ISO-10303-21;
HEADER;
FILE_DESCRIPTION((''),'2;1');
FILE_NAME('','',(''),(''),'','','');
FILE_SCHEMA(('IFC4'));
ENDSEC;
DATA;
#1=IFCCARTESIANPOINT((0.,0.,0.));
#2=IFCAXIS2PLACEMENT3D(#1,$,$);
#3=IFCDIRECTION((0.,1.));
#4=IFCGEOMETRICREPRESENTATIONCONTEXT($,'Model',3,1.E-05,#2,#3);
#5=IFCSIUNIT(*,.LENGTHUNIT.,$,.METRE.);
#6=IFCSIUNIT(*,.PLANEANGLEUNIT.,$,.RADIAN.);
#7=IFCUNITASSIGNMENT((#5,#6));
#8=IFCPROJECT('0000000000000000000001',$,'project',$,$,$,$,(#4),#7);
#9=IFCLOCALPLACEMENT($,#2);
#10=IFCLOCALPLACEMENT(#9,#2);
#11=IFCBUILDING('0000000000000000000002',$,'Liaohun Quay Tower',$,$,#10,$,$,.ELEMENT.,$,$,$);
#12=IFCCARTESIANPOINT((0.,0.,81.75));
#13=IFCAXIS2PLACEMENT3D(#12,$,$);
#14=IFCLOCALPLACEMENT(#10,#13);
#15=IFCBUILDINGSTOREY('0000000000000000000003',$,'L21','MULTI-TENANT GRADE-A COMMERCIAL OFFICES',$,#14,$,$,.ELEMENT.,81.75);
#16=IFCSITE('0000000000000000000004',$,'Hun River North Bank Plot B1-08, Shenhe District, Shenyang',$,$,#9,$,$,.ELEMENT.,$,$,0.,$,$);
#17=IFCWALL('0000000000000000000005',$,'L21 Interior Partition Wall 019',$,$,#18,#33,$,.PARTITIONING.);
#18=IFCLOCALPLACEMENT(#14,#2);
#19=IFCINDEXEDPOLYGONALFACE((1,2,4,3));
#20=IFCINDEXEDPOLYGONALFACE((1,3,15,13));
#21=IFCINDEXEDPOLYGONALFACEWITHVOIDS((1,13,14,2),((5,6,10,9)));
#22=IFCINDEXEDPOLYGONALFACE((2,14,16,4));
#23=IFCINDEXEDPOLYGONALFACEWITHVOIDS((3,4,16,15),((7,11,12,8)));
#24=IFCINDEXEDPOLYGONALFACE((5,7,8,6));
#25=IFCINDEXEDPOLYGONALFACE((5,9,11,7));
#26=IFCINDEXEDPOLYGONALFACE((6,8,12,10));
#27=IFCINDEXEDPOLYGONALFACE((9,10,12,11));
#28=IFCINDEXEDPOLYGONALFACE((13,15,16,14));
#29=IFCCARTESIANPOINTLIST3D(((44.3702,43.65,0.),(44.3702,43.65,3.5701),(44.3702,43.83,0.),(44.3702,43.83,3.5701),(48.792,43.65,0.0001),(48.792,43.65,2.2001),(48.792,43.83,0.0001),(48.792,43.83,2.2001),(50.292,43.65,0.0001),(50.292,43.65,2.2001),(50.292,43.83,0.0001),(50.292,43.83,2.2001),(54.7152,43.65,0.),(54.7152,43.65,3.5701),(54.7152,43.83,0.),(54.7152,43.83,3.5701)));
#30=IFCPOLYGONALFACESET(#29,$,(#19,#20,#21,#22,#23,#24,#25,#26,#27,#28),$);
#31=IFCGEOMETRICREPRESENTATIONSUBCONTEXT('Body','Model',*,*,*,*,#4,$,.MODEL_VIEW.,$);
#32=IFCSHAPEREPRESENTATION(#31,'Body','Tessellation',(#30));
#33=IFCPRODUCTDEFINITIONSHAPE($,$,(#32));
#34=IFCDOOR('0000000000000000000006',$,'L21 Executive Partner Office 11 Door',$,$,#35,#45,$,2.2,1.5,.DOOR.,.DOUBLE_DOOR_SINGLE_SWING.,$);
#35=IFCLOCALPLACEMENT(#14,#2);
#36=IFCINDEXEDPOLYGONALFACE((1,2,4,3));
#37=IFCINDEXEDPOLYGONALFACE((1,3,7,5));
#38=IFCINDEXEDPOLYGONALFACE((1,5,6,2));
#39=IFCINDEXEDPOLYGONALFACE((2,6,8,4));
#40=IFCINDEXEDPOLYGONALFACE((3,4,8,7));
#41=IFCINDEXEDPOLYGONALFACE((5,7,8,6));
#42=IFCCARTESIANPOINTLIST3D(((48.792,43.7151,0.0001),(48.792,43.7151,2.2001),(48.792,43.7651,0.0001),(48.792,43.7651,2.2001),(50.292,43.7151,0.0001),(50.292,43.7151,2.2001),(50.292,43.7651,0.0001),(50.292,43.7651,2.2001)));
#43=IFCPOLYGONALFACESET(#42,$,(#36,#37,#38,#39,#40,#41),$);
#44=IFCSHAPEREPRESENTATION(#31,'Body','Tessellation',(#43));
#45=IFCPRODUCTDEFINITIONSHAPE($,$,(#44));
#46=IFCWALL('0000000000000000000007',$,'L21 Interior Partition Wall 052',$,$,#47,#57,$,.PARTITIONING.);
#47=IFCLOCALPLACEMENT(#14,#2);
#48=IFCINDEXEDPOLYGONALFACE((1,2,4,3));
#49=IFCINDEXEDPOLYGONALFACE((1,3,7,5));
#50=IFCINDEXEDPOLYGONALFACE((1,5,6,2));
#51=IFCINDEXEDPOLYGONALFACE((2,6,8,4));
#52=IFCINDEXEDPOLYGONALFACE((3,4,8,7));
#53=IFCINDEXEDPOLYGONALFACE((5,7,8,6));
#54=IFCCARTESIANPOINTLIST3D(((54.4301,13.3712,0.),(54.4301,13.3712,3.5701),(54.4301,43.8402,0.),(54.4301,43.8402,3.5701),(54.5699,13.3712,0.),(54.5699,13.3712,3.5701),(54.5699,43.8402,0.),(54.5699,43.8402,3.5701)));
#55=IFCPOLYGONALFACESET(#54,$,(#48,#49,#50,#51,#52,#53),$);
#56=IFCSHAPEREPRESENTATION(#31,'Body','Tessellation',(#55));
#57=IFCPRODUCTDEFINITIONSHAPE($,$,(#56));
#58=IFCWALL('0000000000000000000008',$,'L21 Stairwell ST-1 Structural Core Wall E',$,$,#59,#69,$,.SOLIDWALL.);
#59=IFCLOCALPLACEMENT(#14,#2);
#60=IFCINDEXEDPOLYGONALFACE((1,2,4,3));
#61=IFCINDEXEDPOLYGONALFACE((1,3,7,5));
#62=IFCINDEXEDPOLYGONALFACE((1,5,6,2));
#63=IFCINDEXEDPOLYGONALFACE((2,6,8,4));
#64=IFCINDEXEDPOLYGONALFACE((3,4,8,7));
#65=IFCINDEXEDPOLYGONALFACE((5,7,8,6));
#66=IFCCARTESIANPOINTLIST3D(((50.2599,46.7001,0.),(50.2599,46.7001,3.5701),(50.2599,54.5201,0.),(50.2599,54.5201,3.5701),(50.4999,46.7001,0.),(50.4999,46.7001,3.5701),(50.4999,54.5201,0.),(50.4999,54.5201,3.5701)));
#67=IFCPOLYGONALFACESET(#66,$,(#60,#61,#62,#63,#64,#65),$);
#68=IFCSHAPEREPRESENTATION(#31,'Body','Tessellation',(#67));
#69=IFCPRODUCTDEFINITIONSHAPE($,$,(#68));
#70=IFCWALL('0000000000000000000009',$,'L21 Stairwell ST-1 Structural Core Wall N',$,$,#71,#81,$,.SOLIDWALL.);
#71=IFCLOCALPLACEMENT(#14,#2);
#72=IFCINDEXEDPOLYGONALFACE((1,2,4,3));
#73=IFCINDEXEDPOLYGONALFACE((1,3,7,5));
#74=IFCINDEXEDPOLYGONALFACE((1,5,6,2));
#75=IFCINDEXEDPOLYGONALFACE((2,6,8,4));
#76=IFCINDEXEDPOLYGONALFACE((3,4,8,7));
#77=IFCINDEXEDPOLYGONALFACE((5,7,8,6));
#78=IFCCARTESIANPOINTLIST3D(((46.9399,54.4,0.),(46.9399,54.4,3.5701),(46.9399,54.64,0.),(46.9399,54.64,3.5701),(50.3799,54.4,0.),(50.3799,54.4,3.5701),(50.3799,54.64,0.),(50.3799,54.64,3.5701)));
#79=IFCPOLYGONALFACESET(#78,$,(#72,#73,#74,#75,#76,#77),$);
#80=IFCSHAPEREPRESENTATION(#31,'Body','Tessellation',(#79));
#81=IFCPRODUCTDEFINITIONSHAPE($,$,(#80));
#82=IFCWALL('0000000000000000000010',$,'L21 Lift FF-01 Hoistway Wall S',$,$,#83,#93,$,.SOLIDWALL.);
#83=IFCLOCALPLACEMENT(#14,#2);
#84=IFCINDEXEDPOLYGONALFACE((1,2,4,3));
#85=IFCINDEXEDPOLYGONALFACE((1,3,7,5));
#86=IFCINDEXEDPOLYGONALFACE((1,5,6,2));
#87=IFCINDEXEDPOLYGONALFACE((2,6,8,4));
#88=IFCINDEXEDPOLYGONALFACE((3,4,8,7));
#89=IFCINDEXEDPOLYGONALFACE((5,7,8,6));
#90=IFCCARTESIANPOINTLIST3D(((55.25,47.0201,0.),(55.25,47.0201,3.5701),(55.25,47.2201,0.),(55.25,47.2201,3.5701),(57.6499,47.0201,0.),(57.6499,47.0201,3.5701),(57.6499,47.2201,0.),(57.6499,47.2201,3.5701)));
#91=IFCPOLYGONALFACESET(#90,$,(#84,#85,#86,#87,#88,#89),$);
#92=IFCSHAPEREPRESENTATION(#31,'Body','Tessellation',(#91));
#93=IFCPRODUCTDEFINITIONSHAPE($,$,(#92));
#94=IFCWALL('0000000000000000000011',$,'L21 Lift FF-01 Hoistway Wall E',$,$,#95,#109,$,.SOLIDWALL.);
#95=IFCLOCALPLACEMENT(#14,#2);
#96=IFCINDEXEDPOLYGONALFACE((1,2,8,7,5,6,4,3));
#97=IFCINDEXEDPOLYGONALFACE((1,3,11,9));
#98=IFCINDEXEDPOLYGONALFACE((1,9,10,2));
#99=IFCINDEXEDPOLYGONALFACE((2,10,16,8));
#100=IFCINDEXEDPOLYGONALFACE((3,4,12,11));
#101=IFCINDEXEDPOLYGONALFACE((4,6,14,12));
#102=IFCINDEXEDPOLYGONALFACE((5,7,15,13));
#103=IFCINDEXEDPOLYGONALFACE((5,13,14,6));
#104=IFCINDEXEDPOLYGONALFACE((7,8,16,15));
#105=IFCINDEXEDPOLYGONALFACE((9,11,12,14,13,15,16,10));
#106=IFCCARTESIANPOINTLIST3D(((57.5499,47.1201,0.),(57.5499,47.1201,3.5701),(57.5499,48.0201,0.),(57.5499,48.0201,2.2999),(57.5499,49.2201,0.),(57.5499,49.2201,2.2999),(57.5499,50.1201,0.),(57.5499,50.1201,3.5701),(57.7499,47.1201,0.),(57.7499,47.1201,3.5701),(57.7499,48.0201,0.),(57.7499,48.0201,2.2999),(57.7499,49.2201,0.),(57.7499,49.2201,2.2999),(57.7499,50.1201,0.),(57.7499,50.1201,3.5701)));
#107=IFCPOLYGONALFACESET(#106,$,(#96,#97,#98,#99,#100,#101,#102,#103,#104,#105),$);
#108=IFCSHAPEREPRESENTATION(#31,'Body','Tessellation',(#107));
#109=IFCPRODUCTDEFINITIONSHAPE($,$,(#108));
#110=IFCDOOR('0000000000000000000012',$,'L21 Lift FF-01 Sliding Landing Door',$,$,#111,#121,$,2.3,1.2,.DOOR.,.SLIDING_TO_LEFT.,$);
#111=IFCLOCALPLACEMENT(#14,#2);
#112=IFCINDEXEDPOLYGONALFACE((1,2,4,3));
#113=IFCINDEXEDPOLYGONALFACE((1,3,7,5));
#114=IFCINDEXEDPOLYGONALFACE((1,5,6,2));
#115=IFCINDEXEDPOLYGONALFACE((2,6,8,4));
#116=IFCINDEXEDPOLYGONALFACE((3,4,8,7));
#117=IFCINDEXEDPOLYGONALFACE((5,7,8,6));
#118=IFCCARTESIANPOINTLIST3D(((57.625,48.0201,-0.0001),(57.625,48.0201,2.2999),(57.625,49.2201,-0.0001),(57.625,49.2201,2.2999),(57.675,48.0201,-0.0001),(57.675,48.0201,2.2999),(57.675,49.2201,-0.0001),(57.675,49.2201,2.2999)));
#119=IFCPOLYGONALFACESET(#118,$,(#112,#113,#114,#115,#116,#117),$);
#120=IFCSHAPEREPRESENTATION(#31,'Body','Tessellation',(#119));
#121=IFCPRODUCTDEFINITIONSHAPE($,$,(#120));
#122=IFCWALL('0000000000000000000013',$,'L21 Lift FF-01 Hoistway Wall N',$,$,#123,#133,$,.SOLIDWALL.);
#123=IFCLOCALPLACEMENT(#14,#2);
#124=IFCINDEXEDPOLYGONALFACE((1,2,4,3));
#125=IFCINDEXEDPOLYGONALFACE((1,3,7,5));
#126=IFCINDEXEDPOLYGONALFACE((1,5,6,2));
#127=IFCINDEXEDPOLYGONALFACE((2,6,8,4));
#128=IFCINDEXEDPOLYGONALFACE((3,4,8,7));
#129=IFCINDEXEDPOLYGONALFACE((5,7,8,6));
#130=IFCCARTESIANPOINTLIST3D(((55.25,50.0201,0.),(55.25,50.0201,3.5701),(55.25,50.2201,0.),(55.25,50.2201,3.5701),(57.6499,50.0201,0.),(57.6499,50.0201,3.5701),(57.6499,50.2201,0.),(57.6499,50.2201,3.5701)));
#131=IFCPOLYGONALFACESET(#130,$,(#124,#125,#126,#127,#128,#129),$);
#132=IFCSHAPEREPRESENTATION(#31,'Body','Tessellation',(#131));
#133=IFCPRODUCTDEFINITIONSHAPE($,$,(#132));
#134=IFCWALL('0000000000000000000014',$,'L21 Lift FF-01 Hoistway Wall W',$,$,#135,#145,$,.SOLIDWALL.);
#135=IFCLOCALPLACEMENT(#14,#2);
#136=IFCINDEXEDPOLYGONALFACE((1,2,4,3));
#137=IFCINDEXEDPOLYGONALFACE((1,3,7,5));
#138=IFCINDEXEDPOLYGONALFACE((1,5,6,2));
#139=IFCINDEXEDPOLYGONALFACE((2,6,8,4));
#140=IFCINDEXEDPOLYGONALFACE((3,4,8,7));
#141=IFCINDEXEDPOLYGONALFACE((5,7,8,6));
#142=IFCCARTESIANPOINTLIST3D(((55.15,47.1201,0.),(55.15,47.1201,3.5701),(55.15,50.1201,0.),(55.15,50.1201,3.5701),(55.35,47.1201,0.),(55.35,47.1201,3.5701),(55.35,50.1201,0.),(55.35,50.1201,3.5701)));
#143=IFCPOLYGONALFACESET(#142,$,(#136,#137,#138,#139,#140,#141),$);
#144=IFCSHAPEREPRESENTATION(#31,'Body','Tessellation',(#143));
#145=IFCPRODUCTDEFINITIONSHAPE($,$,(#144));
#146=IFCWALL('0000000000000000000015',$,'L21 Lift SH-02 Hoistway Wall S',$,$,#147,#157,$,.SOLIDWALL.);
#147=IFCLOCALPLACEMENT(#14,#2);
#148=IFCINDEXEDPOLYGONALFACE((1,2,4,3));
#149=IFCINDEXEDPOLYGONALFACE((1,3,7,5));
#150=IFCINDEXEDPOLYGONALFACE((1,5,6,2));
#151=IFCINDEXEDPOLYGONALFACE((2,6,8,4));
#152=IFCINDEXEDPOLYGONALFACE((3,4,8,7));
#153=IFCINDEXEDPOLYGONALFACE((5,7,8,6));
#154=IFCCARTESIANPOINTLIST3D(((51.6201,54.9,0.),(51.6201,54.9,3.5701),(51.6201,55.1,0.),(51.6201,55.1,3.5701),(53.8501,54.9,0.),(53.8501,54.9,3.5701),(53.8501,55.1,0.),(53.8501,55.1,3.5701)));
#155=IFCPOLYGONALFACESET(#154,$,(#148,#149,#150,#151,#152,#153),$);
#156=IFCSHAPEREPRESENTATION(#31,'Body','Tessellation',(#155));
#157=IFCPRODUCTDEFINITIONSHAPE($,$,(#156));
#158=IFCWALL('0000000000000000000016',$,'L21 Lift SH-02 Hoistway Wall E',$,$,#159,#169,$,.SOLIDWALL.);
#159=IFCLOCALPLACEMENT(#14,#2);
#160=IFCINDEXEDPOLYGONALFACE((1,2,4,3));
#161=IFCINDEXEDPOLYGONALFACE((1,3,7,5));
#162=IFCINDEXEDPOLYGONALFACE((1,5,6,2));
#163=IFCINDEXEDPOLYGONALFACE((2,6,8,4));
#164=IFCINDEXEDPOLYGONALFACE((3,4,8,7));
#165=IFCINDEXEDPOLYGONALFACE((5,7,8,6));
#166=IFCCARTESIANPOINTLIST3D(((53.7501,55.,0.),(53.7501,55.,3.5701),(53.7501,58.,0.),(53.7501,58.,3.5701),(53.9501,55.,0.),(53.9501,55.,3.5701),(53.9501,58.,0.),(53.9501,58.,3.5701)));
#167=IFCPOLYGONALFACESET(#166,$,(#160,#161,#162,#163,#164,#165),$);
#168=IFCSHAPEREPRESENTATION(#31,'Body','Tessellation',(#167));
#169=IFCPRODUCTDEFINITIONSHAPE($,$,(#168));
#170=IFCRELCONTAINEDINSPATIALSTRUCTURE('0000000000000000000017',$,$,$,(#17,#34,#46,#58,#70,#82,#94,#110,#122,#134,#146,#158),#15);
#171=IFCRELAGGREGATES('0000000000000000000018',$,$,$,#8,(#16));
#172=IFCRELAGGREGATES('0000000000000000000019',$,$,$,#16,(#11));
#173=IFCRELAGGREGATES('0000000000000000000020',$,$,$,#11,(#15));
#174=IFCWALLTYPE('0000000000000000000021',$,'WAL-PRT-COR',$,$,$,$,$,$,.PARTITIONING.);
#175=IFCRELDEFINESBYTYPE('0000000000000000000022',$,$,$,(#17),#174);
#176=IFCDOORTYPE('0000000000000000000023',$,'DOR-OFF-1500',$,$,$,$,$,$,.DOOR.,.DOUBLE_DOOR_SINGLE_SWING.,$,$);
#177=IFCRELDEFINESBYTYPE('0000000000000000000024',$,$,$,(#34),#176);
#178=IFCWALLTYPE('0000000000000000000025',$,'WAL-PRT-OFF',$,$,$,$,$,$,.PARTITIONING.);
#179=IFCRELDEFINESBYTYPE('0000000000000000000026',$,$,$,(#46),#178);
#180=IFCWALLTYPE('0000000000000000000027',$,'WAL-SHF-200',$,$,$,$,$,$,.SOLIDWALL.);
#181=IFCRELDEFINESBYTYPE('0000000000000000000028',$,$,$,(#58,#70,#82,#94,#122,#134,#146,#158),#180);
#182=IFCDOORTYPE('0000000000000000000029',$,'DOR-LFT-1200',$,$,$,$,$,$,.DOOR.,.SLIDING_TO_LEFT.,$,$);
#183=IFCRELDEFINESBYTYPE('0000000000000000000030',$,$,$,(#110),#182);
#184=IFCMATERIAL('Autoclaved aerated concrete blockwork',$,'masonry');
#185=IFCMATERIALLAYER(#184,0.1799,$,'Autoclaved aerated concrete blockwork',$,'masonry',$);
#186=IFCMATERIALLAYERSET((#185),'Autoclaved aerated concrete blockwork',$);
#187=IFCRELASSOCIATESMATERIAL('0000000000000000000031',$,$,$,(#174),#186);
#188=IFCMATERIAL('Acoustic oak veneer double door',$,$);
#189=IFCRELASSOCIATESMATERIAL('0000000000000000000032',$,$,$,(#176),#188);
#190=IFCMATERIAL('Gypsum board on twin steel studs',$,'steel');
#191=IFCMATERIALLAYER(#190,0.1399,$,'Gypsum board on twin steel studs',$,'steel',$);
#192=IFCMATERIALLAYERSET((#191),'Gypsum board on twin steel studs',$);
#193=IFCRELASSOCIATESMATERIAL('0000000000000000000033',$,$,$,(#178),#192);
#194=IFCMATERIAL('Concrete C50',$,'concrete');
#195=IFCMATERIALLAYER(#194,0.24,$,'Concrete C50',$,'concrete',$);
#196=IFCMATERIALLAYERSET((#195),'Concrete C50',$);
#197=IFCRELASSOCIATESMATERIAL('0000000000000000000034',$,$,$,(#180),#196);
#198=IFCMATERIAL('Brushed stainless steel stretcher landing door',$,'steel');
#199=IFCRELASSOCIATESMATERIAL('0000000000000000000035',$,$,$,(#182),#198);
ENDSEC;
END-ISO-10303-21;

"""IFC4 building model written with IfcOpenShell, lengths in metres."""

from ifc_helpers import new_model, si_unit, direction, frame, frame_2d, origin, place, context, subcontext, project, spatial, rectangle, extrude, source, transform, mapped, material, layer, layer_set, type_object, element, fill, save


model = new_model("IFC4")

# Units and contexts
model_context = context("Model", 3, precision=1e-05, world=origin(), true_north=direction((0.0, 1.0)))
body_context = subcontext(model_context, "Body", "Model", "MODEL_VIEW")
ifc_project = project(units=[si_unit("LENGTHUNIT", "METRE"), si_unit("PLANEANGLEUNIT", "RADIAN")], contexts=[model_context])

# Site, building, storey
site_placement = place(None, origin())
site = spatial("IfcSite", under=ifc_project, at=site_placement, Name="Hun River North Bank Plot B1-08, Shenhe District, Shenyang", CompositionType="ELEMENT", RefElevation=0.0)
building_placement = place(site_placement, origin())
building = spatial("IfcBuilding", under=site, at=building_placement, Name="Liaohun Quay Tower", CompositionType="ELEMENT")
storey_placement = place(building_placement, frame((0.0, 0.0, 81.75)))
storey = spatial("IfcBuildingStorey", under=building, at=storey_placement, Name="L21", Description="MULTI-TENANT GRADE-A COMMERCIAL OFFICES", CompositionType="ELEMENT", Elevation=81.75)

# Shared definitions
ifc_material_1 = material(Name="Concrete C50", Category="concrete")

# Wall, opening, door
ifc_material_2 = material(Name="Autoclaved aerated concrete blockwork", Category="masonry")
ifc_layer_1 = layer(ifc_material_2, 0.1799, Name="Autoclaved aerated concrete blockwork", Category="masonry")
ifc_layer_set_1 = layer_set([ifc_layer_1], Name="Autoclaved aerated concrete blockwork")
wall_type_1 = type_object("IfcWallType", Name="WAL-PRT-COR", PredefinedType="PARTITIONING", material=ifc_layer_set_1)
wall_1_placement = place(storey_placement, frame((54.7151, 43.74, 0.0), z_axis=(0.0, 0.0, 1.0), x_axis=(-1.0, 0.0, 0.0)))
wall_1 = element("IfcWall", 1, at=wall_1_placement, inside=storey, type_object=wall_type_1, Name="L21 Interior Partition Wall 019", PredefinedType="PARTITIONING", context=body_context, shape_type="SweptSolid", body=[
    extrude(rectangle(XDim=10.345, YDim=0.1799, at=frame_2d((5.1724, 0.0))), origin(), (0.0, 0.0, 1.0), 3.5701),
])
shared_shape_1 = source(origin(), body_context, "Body", "SweptSolid", [
    extrude(rectangle(XDim=1.5, YDim=2.2, at=frame_2d((0.75, 1.1001))), frame((0.0, 0.0999, 0.0), z_axis=(0.0, -1.0, 0.0), x_axis=(1.0, 0.0, 0.0)), (0.0, 0.0, 1.0), 0.2),
])
opening_1_placement = place(wall_1_placement, frame((4.4231, 0.0, 0.0)))
opening_1 = element("IfcOpeningElement", 2, at=opening_1_placement, cuts=wall_1, PredefinedType="OPENING", context=body_context, shape_type="MappedRepresentation", body=[
    mapped(shared_shape_1, transform((0.0, 0.0, 0.0), x_axis=(1.0, 0.0, 0.0), y_axis=(0.0, 1.0, 0.0), z_axis=(0.0, 0.0, 1.0), scale=1.0)),
])
ifc_material_3 = material(Name="Acoustic oak veneer double door")
door_type_1 = type_object("IfcDoorType", Name="DOR-OFF-1500", OperationType="DOUBLE_DOOR_SINGLE_SWING", PredefinedType="DOOR", material=ifc_material_3)
shared_shape_2 = source(origin(), body_context, "Body", "SweptSolid", [
    extrude(rectangle(XDim=1.5, YDim=2.2, at=frame_2d((0.75, 1.1001))), frame((0.0, 0.0249, 0.0), z_axis=(0.0, -1.0, 0.0), x_axis=(1.0, 0.0, 0.0)), (0.0, 0.0, 1.0), 0.05),
])
door_1_placement = place(opening_1_placement, origin())
door_1 = element("IfcDoor", 3, at=door_1_placement, inside=storey, type_object=door_type_1, Name="L21 Executive Partner Office 11 Door", OperationType="DOUBLE_DOOR_SINGLE_SWING", OverallHeight=2.2, OverallWidth=1.5, PredefinedType="DOOR", context=body_context, shape_type="MappedRepresentation", body=[
    mapped(shared_shape_2, transform((0.0, 0.0, 0.0), x_axis=(1.0, 0.0, 0.0), y_axis=(0.0, 1.0, 0.0), z_axis=(0.0, 0.0, 1.0), scale=1.0)),
])
fill(opening_1, door_1)

# Walls
ifc_material_4 = material(Name="Gypsum board on twin steel studs", Category="steel")
ifc_layer_2 = layer(ifc_material_4, 0.1399, Name="Gypsum board on twin steel studs", Category="steel")
ifc_layer_set_2 = layer_set([ifc_layer_2], Name="Gypsum board on twin steel studs")
wall_type_2 = type_object("IfcWallType", Name="WAL-PRT-OFF", PredefinedType="PARTITIONING", material=ifc_layer_set_2)
wall_2_placement = place(storey_placement, frame((54.5, 43.8401, 0.0), z_axis=(0.0, 0.0, 1.0), x_axis=(0.0, -1.0, 0.0)))
element("IfcWall", 4, at=wall_2_placement, inside=storey, type_object=wall_type_2, Name="L21 Interior Partition Wall 052", PredefinedType="PARTITIONING", context=body_context, shape_type="SweptSolid", body=[
    extrude(rectangle(XDim=30.469, YDim=0.1399, at=frame_2d((15.2344, 0.0))), origin(), (0.0, 0.0, 1.0), 3.5701),
])
ifc_layer_3 = layer(ifc_material_1, 0.24, Name="Concrete C50", Category="concrete")
ifc_layer_set_3 = layer_set([ifc_layer_3], Name="Concrete C50")
wall_type_3 = type_object("IfcWallType", Name="WAL-SHF-200", PredefinedType="SOLIDWALL", material=ifc_layer_set_3)
wall_3_placement = place(storey_placement, frame((50.3799, 46.7, 0.0), z_axis=(0.0, 0.0, 1.0), x_axis=(0.0, 1.0, 0.0)))
element("IfcWall", 5, at=wall_3_placement, inside=storey, type_object=wall_type_3, Name="L21 Stairwell ST-1 Structural Core Wall E", PredefinedType="SOLIDWALL", context=body_context, shape_type="SweptSolid", body=[
    extrude(rectangle(XDim=7.8201, YDim=0.24, at=frame_2d((3.9102, 0.0))), origin(), (0.0, 0.0, 1.0), 3.5701),
])
wall_4_placement = place(storey_placement, frame((50.3799, 54.52, 0.0), z_axis=(0.0, 0.0, 1.0), x_axis=(-1.0, 0.0, 0.0)))
element("IfcWall", 6, at=wall_4_placement, inside=storey, type_object=wall_type_3, Name="L21 Stairwell ST-1 Structural Core Wall N", PredefinedType="SOLIDWALL", context=body_context, shape_type="SweptSolid", body=[
    extrude(rectangle(XDim=3.4399, YDim=0.24, at=frame_2d((1.72, 0.0))), origin(), (0.0, 0.0, 1.0), 3.5701),
])
wall_5_placement = place(storey_placement, frame((55.25, 47.1201, 0.0), z_axis=(0.0, 0.0, 1.0), x_axis=(1.0, 0.0, 0.0)))
element("IfcWall", 7, at=wall_5_placement, inside=storey, type_object=wall_type_3, Name="L21 Lift FF-01 Hoistway Wall S", PredefinedType="SOLIDWALL", context=body_context, shape_type="SweptSolid", body=[
    extrude(rectangle(XDim=2.3999, YDim=0.2, at=frame_2d((1.2, 0.0))), origin(), (0.0, 0.0, 1.0), 3.5701),
])

# Wall, opening, door
wall_6_placement = place(storey_placement, frame((57.6499, 47.1201, 0.0), z_axis=(0.0, 0.0, 1.0), x_axis=(0.0, 1.0, 0.0)))
wall_6 = element("IfcWall", 8, at=wall_6_placement, inside=storey, type_object=wall_type_3, Name="L21 Lift FF-01 Hoistway Wall E", PredefinedType="SOLIDWALL", context=body_context, shape_type="SweptSolid", body=[
    extrude(rectangle(XDim=3.0, YDim=0.2, at=frame_2d((1.5, 0.0))), origin(), (0.0, 0.0, 1.0), 3.5701),
])
shared_shape_3 = source(origin(), body_context, "Body", "SweptSolid", [
    extrude(rectangle(XDim=1.2, YDim=2.3, at=frame_2d((0.6001, 1.1499))), frame((0.0, 0.1099, 0.0), z_axis=(0.0, -1.0, 0.0), x_axis=(1.0, 0.0, 0.0)), (0.0, 0.0, 1.0), 0.22),
])
opening_2_placement = place(wall_6_placement, frame((0.8999, 0.0, 0.0)))
opening_2 = element("IfcOpeningElement", 9, at=opening_2_placement, cuts=wall_6, PredefinedType="OPENING", context=body_context, shape_type="MappedRepresentation", body=[
    mapped(shared_shape_3, transform((0.0, 0.0, 0.0), x_axis=(1.0, 0.0, 0.0), y_axis=(0.0, 1.0, 0.0), z_axis=(0.0, 0.0, 1.0), scale=1.0)),
])
ifc_material_5 = material(Name="Brushed stainless steel stretcher landing door", Category="steel")
door_type_2 = type_object("IfcDoorType", Name="DOR-LFT-1200", OperationType="SLIDING_TO_LEFT", PredefinedType="DOOR", material=ifc_material_5)
shared_shape_4 = source(origin(), body_context, "Body", "SweptSolid", [
    extrude(rectangle(XDim=1.2, YDim=2.3, at=frame_2d((0.6001, 1.1499))), frame((0.0, 0.0249, 0.0), z_axis=(0.0, -1.0, 0.0), x_axis=(1.0, 0.0, 0.0)), (0.0, 0.0, 1.0), 0.05),
])
door_2_placement = place(opening_2_placement, origin())
door_2 = element("IfcDoor", 10, at=door_2_placement, inside=storey, type_object=door_type_2, Name="L21 Lift FF-01 Sliding Landing Door", OperationType="SLIDING_TO_LEFT", OverallHeight=2.3, OverallWidth=1.2, PredefinedType="DOOR", context=body_context, shape_type="MappedRepresentation", body=[
    mapped(shared_shape_4, transform((0.0, 0.0, 0.0), x_axis=(1.0, 0.0, 0.0), y_axis=(0.0, 1.0, 0.0), z_axis=(0.0, 0.0, 1.0), scale=1.0)),
])
fill(opening_2, door_2)

# Walls
wall_7_placement = place(storey_placement, frame((57.6499, 50.1201, 0.0), z_axis=(0.0, 0.0, 1.0), x_axis=(-1.0, 0.0, 0.0)))
element("IfcWall", 11, at=wall_7_placement, inside=storey, type_object=wall_type_3, Name="L21 Lift FF-01 Hoistway Wall N", PredefinedType="SOLIDWALL", context=body_context, shape_type="SweptSolid", body=[
    extrude(rectangle(XDim=2.3999, YDim=0.2, at=frame_2d((1.2, 0.0))), origin(), (0.0, 0.0, 1.0), 3.5701),
])
wall_8_placement = place(storey_placement, frame((55.25, 50.1201, 0.0), z_axis=(0.0, 0.0, 1.0), x_axis=(0.0, -1.0, 0.0)))
element("IfcWall", 12, at=wall_8_placement, inside=storey, type_object=wall_type_3, Name="L21 Lift FF-01 Hoistway Wall W", PredefinedType="SOLIDWALL", context=body_context, shape_type="SweptSolid", body=[
    extrude(rectangle(XDim=3.0, YDim=0.2, at=frame_2d((1.5, 0.0))), origin(), (0.0, 0.0, 1.0), 3.5701),
])
wall_9_placement = place(storey_placement, frame((51.6201, 55.0, 0.0), z_axis=(0.0, 0.0, 1.0), x_axis=(1.0, 0.0, 0.0)))
element("IfcWall", 13, at=wall_9_placement, inside=storey, type_object=wall_type_3, Name="L21 Lift SH-02 Hoistway Wall S", PredefinedType="SOLIDWALL", context=body_context, shape_type="SweptSolid", body=[
    extrude(rectangle(XDim=2.23, YDim=0.2, at=frame_2d((1.115, 0.0))), origin(), (0.0, 0.0, 1.0), 3.5701),
])
wall_10_placement = place(storey_placement, frame((53.8501, 55.0, 0.0), z_axis=(0.0, 0.0, 1.0), x_axis=(0.0, 1.0, 0.0)))
element("IfcWall", 14, at=wall_10_placement, inside=storey, type_object=wall_type_3, Name="L21 Lift SH-02 Hoistway Wall E", PredefinedType="SOLIDWALL", context=body_context, shape_type="SweptSolid", body=[
    extrude(rectangle(XDim=3.0, YDim=0.2, at=frame_2d((1.5, 0.0))), origin(), (0.0, 0.0, 1.0), 3.5701),
])

save(model, "model.ifc")
